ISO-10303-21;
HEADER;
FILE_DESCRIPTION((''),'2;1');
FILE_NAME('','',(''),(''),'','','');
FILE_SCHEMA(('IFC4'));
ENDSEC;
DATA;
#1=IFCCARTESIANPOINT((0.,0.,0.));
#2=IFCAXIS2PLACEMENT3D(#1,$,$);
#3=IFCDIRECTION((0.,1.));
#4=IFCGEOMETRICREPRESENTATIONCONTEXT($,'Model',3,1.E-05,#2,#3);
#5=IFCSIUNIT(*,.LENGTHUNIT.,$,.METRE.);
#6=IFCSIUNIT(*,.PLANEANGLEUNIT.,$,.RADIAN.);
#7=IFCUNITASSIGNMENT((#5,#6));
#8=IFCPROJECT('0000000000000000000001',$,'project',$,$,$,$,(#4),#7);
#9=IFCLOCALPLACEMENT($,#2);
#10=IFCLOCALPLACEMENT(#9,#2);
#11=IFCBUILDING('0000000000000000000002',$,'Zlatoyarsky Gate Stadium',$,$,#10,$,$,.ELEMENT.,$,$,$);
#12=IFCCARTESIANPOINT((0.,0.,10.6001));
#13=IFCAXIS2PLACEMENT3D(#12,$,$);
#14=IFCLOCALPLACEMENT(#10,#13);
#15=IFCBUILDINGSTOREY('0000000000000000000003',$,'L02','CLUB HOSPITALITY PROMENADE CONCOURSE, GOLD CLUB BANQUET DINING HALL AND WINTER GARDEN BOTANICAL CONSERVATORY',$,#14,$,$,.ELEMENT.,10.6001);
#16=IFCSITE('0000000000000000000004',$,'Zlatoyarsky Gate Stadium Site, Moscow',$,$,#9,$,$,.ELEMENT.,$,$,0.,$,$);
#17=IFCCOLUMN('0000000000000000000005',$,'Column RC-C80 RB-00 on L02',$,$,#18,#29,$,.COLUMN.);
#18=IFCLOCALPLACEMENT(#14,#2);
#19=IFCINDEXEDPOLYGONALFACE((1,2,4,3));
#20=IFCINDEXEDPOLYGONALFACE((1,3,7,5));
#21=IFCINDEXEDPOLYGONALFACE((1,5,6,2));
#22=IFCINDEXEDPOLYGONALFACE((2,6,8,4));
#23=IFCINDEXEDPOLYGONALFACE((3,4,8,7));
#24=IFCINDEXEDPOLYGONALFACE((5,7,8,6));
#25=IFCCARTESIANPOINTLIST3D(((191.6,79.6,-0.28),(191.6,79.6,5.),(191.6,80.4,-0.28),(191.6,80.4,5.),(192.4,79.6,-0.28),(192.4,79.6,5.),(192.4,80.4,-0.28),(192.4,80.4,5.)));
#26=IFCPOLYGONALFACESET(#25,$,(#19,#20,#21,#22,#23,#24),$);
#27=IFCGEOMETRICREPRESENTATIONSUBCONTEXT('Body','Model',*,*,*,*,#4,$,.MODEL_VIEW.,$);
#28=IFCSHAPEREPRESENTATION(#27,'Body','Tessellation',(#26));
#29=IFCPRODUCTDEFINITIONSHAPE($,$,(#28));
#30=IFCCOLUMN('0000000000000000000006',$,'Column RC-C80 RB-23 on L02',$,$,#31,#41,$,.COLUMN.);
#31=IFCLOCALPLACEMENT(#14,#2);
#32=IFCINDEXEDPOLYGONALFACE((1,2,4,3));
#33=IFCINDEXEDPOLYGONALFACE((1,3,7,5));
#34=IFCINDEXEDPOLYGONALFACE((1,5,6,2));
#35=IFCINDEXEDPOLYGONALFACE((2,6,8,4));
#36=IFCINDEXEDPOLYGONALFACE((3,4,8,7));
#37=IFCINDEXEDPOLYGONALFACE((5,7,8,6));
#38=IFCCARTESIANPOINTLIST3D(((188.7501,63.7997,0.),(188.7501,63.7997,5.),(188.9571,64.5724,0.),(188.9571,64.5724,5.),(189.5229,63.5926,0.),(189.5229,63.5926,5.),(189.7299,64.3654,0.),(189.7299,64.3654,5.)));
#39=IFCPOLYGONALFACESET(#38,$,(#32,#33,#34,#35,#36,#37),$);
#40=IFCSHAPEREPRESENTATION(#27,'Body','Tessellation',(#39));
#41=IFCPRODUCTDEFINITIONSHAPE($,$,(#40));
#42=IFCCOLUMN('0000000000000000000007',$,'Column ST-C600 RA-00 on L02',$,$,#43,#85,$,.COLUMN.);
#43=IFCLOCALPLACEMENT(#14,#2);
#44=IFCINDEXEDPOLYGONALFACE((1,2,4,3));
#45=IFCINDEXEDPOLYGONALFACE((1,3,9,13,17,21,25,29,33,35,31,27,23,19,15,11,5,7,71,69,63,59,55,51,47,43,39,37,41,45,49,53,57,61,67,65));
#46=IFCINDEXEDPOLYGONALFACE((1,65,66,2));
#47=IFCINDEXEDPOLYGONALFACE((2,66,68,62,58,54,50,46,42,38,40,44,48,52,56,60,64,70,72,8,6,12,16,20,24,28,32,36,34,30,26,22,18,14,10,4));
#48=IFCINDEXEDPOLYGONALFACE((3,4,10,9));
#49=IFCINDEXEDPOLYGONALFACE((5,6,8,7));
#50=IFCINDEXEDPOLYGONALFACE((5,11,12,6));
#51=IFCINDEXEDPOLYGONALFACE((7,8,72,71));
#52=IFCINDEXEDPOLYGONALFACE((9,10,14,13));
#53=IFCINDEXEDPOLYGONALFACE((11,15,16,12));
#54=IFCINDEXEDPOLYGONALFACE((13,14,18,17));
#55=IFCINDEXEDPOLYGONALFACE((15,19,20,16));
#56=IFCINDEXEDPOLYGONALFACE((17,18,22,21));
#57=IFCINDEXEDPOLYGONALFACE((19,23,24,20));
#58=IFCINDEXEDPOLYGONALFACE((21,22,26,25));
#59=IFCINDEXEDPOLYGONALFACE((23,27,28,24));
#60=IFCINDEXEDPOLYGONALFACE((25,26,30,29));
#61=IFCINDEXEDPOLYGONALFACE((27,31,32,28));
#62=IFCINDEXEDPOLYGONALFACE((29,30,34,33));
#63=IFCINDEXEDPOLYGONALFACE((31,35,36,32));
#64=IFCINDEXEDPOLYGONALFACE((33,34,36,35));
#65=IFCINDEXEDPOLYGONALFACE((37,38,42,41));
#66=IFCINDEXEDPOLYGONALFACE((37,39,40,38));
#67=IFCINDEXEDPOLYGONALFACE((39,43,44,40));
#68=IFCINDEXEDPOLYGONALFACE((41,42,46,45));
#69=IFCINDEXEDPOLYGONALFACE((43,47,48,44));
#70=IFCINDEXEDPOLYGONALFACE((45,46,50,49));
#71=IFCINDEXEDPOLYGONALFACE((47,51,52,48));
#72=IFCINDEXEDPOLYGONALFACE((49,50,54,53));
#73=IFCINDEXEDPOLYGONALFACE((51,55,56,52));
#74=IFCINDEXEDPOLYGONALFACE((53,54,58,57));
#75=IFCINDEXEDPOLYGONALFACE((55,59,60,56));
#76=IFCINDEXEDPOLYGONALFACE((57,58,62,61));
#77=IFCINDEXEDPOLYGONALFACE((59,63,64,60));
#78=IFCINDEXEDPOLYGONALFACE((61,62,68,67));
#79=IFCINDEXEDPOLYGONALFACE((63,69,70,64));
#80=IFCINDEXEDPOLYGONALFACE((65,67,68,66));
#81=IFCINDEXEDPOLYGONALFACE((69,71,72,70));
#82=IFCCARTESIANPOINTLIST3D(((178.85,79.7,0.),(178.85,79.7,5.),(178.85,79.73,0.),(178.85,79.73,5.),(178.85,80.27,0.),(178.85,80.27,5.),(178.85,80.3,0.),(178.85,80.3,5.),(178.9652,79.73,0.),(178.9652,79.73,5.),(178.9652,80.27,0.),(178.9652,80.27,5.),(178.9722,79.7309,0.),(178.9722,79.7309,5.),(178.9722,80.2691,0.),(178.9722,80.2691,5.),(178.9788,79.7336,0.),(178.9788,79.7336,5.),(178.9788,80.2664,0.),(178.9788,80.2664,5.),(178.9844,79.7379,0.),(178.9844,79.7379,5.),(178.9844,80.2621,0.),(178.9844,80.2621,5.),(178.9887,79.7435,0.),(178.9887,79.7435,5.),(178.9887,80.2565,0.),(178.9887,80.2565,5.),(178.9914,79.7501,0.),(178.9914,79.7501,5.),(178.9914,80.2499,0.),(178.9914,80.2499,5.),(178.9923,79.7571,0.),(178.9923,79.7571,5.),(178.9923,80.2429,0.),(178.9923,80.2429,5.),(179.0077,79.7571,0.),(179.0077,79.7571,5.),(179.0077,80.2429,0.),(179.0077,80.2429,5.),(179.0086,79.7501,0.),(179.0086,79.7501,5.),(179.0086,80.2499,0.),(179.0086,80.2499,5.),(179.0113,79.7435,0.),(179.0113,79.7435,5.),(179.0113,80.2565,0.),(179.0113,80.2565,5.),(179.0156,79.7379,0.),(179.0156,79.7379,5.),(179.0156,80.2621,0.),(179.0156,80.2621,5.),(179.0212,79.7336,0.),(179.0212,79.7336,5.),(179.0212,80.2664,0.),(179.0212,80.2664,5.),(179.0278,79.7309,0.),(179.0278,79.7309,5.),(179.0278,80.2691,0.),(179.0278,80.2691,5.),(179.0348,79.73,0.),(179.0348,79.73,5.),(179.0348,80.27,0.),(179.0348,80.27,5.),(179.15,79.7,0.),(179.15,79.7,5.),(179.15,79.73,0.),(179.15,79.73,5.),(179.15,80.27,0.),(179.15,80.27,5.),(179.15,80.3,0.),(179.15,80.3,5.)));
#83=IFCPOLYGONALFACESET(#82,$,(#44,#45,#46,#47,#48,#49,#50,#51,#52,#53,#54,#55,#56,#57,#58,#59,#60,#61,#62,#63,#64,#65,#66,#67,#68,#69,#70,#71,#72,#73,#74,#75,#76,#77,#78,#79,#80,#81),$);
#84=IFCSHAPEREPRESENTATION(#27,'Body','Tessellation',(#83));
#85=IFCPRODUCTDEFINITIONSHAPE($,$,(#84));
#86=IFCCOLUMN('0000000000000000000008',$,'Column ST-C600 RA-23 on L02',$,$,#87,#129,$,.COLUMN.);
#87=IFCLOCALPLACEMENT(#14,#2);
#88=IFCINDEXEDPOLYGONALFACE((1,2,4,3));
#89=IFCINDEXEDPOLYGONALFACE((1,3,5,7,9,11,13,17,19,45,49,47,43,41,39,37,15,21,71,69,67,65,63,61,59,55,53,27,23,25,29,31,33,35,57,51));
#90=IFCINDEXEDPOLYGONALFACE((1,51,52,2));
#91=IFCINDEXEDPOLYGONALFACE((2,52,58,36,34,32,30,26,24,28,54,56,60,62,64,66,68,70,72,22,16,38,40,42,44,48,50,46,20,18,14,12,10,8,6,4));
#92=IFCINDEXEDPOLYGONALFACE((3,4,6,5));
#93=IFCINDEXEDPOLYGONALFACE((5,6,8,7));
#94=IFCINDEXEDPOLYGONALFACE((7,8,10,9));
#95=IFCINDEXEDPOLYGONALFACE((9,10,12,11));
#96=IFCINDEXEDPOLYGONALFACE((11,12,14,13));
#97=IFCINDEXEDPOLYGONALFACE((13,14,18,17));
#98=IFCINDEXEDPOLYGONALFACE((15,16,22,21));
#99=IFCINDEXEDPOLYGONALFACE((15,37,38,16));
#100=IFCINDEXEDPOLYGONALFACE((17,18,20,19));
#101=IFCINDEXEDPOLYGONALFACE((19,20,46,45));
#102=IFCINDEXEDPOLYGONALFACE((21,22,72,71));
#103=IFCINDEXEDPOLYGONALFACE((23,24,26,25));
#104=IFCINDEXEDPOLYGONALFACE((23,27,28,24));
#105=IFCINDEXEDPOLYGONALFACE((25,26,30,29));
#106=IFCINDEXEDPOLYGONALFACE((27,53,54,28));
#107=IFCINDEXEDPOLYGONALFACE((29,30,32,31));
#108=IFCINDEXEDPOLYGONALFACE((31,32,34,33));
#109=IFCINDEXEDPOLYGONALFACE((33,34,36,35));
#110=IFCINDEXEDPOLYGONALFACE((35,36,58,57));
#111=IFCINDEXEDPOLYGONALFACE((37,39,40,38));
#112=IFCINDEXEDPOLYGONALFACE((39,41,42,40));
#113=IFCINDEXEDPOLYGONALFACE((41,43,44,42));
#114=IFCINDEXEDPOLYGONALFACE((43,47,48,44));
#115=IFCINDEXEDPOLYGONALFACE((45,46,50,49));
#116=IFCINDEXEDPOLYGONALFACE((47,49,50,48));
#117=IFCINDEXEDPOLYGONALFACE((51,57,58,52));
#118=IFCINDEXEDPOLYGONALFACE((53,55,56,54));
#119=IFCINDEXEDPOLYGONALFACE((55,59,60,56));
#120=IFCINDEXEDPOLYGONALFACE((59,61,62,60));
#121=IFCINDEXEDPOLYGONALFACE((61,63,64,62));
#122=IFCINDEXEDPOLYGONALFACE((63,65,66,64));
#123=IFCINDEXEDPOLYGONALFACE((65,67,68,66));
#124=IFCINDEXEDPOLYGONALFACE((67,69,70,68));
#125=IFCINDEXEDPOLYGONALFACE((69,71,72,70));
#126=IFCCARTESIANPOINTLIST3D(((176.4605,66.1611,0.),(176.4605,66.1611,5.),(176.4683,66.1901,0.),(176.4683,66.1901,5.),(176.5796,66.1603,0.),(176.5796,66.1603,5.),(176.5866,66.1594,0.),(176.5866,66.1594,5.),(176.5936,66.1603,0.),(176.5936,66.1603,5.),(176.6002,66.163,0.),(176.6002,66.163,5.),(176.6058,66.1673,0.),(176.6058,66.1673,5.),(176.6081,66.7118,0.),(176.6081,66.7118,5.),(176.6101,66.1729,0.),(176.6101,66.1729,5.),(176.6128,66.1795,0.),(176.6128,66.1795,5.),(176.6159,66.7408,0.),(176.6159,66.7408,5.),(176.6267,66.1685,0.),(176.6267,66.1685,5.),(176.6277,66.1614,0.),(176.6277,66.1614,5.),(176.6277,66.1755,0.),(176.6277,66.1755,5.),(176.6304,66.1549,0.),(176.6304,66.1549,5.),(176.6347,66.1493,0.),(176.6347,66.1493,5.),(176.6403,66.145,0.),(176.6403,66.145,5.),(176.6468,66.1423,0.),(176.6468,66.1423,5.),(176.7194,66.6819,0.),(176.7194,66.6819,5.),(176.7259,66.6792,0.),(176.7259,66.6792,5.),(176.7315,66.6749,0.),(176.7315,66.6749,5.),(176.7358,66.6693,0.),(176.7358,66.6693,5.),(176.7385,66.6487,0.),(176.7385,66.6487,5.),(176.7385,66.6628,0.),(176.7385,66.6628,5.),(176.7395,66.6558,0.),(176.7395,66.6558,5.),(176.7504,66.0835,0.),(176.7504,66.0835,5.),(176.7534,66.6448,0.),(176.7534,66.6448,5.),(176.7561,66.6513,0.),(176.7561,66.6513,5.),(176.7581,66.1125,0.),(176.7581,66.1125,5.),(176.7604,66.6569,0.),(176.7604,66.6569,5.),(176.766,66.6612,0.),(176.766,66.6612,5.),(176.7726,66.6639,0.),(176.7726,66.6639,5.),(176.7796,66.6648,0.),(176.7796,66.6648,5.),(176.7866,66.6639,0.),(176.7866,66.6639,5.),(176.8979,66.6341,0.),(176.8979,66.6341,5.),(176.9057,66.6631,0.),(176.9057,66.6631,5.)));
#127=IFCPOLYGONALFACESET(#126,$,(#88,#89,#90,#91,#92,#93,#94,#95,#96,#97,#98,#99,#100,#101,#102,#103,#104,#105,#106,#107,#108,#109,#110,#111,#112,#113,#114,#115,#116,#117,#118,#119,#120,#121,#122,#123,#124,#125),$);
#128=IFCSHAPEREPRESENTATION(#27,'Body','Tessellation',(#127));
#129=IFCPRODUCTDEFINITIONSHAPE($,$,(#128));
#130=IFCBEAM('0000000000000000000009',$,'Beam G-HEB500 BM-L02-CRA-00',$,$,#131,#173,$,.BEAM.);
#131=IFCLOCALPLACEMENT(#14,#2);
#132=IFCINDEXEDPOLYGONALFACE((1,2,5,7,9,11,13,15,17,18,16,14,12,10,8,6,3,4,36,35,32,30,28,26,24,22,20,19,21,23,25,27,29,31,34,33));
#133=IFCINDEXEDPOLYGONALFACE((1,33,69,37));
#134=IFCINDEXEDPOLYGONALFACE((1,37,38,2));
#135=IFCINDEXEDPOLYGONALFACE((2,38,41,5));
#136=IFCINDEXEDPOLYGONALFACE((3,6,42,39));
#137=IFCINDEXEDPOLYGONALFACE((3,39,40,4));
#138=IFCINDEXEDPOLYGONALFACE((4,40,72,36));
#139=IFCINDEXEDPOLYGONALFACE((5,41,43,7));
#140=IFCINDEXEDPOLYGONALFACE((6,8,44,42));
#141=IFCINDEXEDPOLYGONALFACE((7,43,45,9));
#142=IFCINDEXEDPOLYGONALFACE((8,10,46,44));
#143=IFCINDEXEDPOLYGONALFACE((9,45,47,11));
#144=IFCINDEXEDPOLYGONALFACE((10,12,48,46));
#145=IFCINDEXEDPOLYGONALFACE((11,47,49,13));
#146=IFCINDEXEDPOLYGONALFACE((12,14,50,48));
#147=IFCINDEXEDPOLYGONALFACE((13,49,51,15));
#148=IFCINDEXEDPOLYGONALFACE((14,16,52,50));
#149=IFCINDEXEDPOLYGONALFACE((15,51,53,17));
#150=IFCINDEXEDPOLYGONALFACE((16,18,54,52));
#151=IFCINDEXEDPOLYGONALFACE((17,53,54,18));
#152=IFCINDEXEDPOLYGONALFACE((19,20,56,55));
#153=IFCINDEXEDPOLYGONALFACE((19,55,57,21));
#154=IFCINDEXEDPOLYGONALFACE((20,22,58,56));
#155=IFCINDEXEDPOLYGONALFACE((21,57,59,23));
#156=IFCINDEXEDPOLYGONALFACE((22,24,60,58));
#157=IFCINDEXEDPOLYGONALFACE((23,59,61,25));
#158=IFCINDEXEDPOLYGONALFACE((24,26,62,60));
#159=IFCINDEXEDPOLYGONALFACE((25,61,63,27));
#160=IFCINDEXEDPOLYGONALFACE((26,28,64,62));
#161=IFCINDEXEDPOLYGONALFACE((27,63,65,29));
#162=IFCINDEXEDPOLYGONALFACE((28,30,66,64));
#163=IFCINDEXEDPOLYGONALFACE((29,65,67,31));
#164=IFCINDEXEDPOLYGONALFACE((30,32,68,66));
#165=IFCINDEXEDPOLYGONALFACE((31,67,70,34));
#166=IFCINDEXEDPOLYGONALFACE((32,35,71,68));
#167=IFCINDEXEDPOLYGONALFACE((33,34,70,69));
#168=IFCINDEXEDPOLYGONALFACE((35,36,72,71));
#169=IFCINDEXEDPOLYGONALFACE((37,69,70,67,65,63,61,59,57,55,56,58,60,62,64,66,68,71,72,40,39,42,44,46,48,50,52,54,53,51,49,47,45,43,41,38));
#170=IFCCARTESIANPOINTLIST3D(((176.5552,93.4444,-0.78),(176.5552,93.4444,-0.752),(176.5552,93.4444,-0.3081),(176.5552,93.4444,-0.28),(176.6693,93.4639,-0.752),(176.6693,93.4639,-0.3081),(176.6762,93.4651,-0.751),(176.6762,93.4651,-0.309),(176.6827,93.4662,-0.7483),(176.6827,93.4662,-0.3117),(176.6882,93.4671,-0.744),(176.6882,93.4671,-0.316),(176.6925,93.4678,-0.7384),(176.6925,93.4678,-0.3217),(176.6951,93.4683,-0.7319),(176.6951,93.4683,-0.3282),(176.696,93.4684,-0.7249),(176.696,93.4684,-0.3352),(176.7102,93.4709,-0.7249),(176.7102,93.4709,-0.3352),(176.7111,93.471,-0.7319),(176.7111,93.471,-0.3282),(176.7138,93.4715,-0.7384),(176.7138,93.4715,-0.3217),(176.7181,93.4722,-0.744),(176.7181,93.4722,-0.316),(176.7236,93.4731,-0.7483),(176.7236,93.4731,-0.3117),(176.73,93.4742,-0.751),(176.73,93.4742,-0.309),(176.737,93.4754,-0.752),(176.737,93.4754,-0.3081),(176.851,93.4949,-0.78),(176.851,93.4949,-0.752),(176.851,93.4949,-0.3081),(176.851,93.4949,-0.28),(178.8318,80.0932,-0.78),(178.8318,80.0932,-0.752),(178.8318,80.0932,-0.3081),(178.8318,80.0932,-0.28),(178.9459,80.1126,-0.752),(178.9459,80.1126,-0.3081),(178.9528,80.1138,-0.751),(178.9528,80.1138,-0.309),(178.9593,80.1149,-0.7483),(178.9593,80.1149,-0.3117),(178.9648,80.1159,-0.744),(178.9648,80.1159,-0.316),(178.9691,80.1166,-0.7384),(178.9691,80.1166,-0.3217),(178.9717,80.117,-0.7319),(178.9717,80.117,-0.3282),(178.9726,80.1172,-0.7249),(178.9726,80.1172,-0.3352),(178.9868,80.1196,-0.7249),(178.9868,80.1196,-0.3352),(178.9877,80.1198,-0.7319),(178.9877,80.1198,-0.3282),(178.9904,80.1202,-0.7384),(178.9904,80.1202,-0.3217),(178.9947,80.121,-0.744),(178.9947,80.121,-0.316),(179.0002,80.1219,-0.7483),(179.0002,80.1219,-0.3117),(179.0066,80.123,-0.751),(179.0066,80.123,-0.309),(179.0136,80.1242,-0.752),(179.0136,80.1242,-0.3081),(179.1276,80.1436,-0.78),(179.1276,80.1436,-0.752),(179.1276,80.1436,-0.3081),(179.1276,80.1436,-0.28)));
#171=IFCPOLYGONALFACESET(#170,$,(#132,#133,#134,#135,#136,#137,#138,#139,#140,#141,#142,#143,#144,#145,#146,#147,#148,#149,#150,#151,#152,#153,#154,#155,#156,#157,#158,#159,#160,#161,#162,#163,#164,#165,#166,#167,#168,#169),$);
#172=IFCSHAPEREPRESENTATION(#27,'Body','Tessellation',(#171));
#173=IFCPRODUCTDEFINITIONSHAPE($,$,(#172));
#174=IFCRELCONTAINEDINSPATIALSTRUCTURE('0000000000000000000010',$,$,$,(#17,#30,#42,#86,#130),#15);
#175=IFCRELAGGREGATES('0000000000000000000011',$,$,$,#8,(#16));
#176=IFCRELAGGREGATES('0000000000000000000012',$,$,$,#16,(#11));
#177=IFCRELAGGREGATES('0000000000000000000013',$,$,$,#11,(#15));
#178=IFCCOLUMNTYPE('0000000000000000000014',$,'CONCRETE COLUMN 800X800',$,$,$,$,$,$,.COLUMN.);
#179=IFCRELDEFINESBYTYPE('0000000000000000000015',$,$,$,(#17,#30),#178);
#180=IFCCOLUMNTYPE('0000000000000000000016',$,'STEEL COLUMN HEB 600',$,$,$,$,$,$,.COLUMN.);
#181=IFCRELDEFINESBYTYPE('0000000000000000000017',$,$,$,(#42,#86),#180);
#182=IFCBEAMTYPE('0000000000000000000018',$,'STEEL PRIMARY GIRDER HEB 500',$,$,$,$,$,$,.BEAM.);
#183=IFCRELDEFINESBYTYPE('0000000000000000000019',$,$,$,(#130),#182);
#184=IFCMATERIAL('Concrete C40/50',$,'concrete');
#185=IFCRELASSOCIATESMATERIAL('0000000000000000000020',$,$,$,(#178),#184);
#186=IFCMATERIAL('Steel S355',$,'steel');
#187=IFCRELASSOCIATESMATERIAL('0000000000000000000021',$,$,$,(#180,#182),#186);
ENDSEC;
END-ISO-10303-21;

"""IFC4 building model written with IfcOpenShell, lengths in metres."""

from ifc_helpers import new_model, si_unit, direction, frame, origin, origin_2d, place, context, subcontext, project, spatial, rectangle, i_section, extrude, material, material_profile, profile_set, type_object, element, save


model = new_model("IFC4")

# Units and contexts
model_context = context("Model", 3, precision=1e-05, world=origin(), true_north=direction((0.0, 1.0)))
body_context = subcontext(model_context, "Body", "Model", "MODEL_VIEW")
ifc_project = project(units=[si_unit("LENGTHUNIT", "METRE"), si_unit("PLANEANGLEUNIT", "RADIAN")], contexts=[model_context])

# Site, building, storey
site_placement = place(None, origin())
site = spatial("IfcSite", under=ifc_project, at=site_placement, Name="Zlatoyarsky Gate Stadium Site, Moscow", CompositionType="ELEMENT", RefElevation=0.0)
building_placement = place(site_placement, origin())
building = spatial("IfcBuilding", under=site, at=building_placement, Name="Zlatoyarsky Gate Stadium", CompositionType="ELEMENT")
storey_placement = place(building_placement, frame((0.0, 0.0, 10.6001)))
storey = spatial("IfcBuildingStorey", under=building, at=storey_placement, Name="L02", Description="CLUB HOSPITALITY PROMENADE CONCOURSE, GOLD CLUB BANQUET DINING HALL AND WINTER GARDEN BOTANICAL CONSERVATORY", CompositionType="ELEMENT", Elevation=10.6001)

# Columns
ifc_material_1 = material(Name="Concrete C40/50", Category="concrete")
ifc_material_profile_1 = material_profile(ifc_material_1, rectangle(XDim=0.8, YDim=0.8, at=origin_2d()), Name="RC COL 800X800")
ifc_profile_set_1 = profile_set([ifc_material_profile_1], Name="Concrete C40/50")
column_type_1 = type_object("IfcColumnType", Name="CONCRETE COLUMN 800X800", PredefinedType="COLUMN", material=ifc_profile_set_1)
column_1_placement = place(storey_placement, frame((192.0, 80.0, -0.28), z_axis=(0.0, 0.0, 1.0), x_axis=(1.0, 0.0, 0.0)))
element("IfcColumn", 1, at=column_1_placement, inside=storey, type_object=column_type_1, Name="Column RC-C80 RB-00 on L02", PredefinedType="COLUMN", context=body_context, shape_type="SweptSolid", body=[
    extrude(rectangle(XDim=0.8, YDim=0.8, at=origin_2d()), origin(), (0.0, 0.0, 1.0), 5.28),
])
column_2_placement = place(storey_placement, frame((189.24, 64.0825, 0.0), z_axis=(0.0, 0.0, 1.0), x_axis=(0.965926, -0.258819, 0.0)))
element("IfcColumn", 2, at=column_2_placement, inside=storey, type_object=column_type_1, Name="Column RC-C80 RB-23 on L02", PredefinedType="COLUMN", context=body_context, shape_type="SweptSolid", body=[
    extrude(rectangle(XDim=0.8, YDim=0.8, at=origin_2d()), origin(), (0.0, 0.0, 1.0), 5.0),
])
ifc_material_2 = material(Name="Steel S355", Category="steel")
ifc_material_profile_2 = material_profile(ifc_material_2, i_section(OverallWidth=0.3, OverallDepth=0.6001, WebThickness=0.0154, FlangeThickness=0.03, FilletRadius=0.0271, at=origin_2d()), Name="HEB 600")
ifc_profile_set_2 = profile_set([ifc_material_profile_2], Name="Steel S355")
column_type_2 = type_object("IfcColumnType", Name="STEEL COLUMN HEB 600", PredefinedType="COLUMN", material=ifc_profile_set_2)
for number, where, z_axis, x_axis, name in (
    (3, (179.0, 80.0, 0.0), (0.0, 0.0, 1.0), (1.0, 0.0, 0.0), "Column ST-C600 RA-00 on L02"),
    (4, (176.6831, 66.4121, 0.0), (0.0, 0.0, 1.0), (0.965926, -0.258819, 0.0), "Column ST-C600 RA-23 on L02"),
):
    element("IfcColumn", number, at=place(storey_placement, frame(where, z_axis=z_axis, x_axis=x_axis)), inside=storey, type_object=column_type_2, Name=name, PredefinedType="COLUMN", context=body_context, shape_type="SweptSolid", body=[
        extrude(i_section(OverallWidth=0.3, OverallDepth=0.6001, WebThickness=0.0154, FlangeThickness=0.03, FilletRadius=0.0271, at=origin_2d()), origin(), (0.0, 0.0, 1.0), 5.0),
    ])

# Beam
ifc_material_profile_3 = material_profile(ifc_material_2, i_section(OverallWidth=0.3, OverallDepth=0.5, WebThickness=0.0144, FlangeThickness=0.0281, FilletRadius=0.0271, at=origin_2d()), Name="HEB 500")
ifc_profile_set_3 = profile_set([ifc_material_profile_3], Name="Steel S355")
beam_type_1 = type_object("IfcBeamType", Name="STEEL PRIMARY GIRDER HEB 500", PredefinedType="BEAM", material=ifc_profile_set_3)
for number, where, z_axis, x_axis, name in (
    (5, (178.9797, 80.1184, -0.53), (-0.16809, 0.985772, 0.0), (-0.985772, -0.16809, 0.0), "Beam G-HEB500 BM-L02-CRA-00"),
):
    element("IfcBeam", number, at=place(storey_placement, frame(where, z_axis=z_axis, x_axis=x_axis)), inside=storey, type_object=beam_type_1, Name=name, PredefinedType="BEAM", context=body_context, shape_type="SweptSolid", body=[
        extrude(i_section(OverallWidth=0.3, OverallDepth=0.5, WebThickness=0.0144, FlangeThickness=0.0281, FilletRadius=0.0271, at=origin_2d()), origin(), (0.0, 0.0, 1.0), 13.5439),
    ])

save(model, "model.ifc")
